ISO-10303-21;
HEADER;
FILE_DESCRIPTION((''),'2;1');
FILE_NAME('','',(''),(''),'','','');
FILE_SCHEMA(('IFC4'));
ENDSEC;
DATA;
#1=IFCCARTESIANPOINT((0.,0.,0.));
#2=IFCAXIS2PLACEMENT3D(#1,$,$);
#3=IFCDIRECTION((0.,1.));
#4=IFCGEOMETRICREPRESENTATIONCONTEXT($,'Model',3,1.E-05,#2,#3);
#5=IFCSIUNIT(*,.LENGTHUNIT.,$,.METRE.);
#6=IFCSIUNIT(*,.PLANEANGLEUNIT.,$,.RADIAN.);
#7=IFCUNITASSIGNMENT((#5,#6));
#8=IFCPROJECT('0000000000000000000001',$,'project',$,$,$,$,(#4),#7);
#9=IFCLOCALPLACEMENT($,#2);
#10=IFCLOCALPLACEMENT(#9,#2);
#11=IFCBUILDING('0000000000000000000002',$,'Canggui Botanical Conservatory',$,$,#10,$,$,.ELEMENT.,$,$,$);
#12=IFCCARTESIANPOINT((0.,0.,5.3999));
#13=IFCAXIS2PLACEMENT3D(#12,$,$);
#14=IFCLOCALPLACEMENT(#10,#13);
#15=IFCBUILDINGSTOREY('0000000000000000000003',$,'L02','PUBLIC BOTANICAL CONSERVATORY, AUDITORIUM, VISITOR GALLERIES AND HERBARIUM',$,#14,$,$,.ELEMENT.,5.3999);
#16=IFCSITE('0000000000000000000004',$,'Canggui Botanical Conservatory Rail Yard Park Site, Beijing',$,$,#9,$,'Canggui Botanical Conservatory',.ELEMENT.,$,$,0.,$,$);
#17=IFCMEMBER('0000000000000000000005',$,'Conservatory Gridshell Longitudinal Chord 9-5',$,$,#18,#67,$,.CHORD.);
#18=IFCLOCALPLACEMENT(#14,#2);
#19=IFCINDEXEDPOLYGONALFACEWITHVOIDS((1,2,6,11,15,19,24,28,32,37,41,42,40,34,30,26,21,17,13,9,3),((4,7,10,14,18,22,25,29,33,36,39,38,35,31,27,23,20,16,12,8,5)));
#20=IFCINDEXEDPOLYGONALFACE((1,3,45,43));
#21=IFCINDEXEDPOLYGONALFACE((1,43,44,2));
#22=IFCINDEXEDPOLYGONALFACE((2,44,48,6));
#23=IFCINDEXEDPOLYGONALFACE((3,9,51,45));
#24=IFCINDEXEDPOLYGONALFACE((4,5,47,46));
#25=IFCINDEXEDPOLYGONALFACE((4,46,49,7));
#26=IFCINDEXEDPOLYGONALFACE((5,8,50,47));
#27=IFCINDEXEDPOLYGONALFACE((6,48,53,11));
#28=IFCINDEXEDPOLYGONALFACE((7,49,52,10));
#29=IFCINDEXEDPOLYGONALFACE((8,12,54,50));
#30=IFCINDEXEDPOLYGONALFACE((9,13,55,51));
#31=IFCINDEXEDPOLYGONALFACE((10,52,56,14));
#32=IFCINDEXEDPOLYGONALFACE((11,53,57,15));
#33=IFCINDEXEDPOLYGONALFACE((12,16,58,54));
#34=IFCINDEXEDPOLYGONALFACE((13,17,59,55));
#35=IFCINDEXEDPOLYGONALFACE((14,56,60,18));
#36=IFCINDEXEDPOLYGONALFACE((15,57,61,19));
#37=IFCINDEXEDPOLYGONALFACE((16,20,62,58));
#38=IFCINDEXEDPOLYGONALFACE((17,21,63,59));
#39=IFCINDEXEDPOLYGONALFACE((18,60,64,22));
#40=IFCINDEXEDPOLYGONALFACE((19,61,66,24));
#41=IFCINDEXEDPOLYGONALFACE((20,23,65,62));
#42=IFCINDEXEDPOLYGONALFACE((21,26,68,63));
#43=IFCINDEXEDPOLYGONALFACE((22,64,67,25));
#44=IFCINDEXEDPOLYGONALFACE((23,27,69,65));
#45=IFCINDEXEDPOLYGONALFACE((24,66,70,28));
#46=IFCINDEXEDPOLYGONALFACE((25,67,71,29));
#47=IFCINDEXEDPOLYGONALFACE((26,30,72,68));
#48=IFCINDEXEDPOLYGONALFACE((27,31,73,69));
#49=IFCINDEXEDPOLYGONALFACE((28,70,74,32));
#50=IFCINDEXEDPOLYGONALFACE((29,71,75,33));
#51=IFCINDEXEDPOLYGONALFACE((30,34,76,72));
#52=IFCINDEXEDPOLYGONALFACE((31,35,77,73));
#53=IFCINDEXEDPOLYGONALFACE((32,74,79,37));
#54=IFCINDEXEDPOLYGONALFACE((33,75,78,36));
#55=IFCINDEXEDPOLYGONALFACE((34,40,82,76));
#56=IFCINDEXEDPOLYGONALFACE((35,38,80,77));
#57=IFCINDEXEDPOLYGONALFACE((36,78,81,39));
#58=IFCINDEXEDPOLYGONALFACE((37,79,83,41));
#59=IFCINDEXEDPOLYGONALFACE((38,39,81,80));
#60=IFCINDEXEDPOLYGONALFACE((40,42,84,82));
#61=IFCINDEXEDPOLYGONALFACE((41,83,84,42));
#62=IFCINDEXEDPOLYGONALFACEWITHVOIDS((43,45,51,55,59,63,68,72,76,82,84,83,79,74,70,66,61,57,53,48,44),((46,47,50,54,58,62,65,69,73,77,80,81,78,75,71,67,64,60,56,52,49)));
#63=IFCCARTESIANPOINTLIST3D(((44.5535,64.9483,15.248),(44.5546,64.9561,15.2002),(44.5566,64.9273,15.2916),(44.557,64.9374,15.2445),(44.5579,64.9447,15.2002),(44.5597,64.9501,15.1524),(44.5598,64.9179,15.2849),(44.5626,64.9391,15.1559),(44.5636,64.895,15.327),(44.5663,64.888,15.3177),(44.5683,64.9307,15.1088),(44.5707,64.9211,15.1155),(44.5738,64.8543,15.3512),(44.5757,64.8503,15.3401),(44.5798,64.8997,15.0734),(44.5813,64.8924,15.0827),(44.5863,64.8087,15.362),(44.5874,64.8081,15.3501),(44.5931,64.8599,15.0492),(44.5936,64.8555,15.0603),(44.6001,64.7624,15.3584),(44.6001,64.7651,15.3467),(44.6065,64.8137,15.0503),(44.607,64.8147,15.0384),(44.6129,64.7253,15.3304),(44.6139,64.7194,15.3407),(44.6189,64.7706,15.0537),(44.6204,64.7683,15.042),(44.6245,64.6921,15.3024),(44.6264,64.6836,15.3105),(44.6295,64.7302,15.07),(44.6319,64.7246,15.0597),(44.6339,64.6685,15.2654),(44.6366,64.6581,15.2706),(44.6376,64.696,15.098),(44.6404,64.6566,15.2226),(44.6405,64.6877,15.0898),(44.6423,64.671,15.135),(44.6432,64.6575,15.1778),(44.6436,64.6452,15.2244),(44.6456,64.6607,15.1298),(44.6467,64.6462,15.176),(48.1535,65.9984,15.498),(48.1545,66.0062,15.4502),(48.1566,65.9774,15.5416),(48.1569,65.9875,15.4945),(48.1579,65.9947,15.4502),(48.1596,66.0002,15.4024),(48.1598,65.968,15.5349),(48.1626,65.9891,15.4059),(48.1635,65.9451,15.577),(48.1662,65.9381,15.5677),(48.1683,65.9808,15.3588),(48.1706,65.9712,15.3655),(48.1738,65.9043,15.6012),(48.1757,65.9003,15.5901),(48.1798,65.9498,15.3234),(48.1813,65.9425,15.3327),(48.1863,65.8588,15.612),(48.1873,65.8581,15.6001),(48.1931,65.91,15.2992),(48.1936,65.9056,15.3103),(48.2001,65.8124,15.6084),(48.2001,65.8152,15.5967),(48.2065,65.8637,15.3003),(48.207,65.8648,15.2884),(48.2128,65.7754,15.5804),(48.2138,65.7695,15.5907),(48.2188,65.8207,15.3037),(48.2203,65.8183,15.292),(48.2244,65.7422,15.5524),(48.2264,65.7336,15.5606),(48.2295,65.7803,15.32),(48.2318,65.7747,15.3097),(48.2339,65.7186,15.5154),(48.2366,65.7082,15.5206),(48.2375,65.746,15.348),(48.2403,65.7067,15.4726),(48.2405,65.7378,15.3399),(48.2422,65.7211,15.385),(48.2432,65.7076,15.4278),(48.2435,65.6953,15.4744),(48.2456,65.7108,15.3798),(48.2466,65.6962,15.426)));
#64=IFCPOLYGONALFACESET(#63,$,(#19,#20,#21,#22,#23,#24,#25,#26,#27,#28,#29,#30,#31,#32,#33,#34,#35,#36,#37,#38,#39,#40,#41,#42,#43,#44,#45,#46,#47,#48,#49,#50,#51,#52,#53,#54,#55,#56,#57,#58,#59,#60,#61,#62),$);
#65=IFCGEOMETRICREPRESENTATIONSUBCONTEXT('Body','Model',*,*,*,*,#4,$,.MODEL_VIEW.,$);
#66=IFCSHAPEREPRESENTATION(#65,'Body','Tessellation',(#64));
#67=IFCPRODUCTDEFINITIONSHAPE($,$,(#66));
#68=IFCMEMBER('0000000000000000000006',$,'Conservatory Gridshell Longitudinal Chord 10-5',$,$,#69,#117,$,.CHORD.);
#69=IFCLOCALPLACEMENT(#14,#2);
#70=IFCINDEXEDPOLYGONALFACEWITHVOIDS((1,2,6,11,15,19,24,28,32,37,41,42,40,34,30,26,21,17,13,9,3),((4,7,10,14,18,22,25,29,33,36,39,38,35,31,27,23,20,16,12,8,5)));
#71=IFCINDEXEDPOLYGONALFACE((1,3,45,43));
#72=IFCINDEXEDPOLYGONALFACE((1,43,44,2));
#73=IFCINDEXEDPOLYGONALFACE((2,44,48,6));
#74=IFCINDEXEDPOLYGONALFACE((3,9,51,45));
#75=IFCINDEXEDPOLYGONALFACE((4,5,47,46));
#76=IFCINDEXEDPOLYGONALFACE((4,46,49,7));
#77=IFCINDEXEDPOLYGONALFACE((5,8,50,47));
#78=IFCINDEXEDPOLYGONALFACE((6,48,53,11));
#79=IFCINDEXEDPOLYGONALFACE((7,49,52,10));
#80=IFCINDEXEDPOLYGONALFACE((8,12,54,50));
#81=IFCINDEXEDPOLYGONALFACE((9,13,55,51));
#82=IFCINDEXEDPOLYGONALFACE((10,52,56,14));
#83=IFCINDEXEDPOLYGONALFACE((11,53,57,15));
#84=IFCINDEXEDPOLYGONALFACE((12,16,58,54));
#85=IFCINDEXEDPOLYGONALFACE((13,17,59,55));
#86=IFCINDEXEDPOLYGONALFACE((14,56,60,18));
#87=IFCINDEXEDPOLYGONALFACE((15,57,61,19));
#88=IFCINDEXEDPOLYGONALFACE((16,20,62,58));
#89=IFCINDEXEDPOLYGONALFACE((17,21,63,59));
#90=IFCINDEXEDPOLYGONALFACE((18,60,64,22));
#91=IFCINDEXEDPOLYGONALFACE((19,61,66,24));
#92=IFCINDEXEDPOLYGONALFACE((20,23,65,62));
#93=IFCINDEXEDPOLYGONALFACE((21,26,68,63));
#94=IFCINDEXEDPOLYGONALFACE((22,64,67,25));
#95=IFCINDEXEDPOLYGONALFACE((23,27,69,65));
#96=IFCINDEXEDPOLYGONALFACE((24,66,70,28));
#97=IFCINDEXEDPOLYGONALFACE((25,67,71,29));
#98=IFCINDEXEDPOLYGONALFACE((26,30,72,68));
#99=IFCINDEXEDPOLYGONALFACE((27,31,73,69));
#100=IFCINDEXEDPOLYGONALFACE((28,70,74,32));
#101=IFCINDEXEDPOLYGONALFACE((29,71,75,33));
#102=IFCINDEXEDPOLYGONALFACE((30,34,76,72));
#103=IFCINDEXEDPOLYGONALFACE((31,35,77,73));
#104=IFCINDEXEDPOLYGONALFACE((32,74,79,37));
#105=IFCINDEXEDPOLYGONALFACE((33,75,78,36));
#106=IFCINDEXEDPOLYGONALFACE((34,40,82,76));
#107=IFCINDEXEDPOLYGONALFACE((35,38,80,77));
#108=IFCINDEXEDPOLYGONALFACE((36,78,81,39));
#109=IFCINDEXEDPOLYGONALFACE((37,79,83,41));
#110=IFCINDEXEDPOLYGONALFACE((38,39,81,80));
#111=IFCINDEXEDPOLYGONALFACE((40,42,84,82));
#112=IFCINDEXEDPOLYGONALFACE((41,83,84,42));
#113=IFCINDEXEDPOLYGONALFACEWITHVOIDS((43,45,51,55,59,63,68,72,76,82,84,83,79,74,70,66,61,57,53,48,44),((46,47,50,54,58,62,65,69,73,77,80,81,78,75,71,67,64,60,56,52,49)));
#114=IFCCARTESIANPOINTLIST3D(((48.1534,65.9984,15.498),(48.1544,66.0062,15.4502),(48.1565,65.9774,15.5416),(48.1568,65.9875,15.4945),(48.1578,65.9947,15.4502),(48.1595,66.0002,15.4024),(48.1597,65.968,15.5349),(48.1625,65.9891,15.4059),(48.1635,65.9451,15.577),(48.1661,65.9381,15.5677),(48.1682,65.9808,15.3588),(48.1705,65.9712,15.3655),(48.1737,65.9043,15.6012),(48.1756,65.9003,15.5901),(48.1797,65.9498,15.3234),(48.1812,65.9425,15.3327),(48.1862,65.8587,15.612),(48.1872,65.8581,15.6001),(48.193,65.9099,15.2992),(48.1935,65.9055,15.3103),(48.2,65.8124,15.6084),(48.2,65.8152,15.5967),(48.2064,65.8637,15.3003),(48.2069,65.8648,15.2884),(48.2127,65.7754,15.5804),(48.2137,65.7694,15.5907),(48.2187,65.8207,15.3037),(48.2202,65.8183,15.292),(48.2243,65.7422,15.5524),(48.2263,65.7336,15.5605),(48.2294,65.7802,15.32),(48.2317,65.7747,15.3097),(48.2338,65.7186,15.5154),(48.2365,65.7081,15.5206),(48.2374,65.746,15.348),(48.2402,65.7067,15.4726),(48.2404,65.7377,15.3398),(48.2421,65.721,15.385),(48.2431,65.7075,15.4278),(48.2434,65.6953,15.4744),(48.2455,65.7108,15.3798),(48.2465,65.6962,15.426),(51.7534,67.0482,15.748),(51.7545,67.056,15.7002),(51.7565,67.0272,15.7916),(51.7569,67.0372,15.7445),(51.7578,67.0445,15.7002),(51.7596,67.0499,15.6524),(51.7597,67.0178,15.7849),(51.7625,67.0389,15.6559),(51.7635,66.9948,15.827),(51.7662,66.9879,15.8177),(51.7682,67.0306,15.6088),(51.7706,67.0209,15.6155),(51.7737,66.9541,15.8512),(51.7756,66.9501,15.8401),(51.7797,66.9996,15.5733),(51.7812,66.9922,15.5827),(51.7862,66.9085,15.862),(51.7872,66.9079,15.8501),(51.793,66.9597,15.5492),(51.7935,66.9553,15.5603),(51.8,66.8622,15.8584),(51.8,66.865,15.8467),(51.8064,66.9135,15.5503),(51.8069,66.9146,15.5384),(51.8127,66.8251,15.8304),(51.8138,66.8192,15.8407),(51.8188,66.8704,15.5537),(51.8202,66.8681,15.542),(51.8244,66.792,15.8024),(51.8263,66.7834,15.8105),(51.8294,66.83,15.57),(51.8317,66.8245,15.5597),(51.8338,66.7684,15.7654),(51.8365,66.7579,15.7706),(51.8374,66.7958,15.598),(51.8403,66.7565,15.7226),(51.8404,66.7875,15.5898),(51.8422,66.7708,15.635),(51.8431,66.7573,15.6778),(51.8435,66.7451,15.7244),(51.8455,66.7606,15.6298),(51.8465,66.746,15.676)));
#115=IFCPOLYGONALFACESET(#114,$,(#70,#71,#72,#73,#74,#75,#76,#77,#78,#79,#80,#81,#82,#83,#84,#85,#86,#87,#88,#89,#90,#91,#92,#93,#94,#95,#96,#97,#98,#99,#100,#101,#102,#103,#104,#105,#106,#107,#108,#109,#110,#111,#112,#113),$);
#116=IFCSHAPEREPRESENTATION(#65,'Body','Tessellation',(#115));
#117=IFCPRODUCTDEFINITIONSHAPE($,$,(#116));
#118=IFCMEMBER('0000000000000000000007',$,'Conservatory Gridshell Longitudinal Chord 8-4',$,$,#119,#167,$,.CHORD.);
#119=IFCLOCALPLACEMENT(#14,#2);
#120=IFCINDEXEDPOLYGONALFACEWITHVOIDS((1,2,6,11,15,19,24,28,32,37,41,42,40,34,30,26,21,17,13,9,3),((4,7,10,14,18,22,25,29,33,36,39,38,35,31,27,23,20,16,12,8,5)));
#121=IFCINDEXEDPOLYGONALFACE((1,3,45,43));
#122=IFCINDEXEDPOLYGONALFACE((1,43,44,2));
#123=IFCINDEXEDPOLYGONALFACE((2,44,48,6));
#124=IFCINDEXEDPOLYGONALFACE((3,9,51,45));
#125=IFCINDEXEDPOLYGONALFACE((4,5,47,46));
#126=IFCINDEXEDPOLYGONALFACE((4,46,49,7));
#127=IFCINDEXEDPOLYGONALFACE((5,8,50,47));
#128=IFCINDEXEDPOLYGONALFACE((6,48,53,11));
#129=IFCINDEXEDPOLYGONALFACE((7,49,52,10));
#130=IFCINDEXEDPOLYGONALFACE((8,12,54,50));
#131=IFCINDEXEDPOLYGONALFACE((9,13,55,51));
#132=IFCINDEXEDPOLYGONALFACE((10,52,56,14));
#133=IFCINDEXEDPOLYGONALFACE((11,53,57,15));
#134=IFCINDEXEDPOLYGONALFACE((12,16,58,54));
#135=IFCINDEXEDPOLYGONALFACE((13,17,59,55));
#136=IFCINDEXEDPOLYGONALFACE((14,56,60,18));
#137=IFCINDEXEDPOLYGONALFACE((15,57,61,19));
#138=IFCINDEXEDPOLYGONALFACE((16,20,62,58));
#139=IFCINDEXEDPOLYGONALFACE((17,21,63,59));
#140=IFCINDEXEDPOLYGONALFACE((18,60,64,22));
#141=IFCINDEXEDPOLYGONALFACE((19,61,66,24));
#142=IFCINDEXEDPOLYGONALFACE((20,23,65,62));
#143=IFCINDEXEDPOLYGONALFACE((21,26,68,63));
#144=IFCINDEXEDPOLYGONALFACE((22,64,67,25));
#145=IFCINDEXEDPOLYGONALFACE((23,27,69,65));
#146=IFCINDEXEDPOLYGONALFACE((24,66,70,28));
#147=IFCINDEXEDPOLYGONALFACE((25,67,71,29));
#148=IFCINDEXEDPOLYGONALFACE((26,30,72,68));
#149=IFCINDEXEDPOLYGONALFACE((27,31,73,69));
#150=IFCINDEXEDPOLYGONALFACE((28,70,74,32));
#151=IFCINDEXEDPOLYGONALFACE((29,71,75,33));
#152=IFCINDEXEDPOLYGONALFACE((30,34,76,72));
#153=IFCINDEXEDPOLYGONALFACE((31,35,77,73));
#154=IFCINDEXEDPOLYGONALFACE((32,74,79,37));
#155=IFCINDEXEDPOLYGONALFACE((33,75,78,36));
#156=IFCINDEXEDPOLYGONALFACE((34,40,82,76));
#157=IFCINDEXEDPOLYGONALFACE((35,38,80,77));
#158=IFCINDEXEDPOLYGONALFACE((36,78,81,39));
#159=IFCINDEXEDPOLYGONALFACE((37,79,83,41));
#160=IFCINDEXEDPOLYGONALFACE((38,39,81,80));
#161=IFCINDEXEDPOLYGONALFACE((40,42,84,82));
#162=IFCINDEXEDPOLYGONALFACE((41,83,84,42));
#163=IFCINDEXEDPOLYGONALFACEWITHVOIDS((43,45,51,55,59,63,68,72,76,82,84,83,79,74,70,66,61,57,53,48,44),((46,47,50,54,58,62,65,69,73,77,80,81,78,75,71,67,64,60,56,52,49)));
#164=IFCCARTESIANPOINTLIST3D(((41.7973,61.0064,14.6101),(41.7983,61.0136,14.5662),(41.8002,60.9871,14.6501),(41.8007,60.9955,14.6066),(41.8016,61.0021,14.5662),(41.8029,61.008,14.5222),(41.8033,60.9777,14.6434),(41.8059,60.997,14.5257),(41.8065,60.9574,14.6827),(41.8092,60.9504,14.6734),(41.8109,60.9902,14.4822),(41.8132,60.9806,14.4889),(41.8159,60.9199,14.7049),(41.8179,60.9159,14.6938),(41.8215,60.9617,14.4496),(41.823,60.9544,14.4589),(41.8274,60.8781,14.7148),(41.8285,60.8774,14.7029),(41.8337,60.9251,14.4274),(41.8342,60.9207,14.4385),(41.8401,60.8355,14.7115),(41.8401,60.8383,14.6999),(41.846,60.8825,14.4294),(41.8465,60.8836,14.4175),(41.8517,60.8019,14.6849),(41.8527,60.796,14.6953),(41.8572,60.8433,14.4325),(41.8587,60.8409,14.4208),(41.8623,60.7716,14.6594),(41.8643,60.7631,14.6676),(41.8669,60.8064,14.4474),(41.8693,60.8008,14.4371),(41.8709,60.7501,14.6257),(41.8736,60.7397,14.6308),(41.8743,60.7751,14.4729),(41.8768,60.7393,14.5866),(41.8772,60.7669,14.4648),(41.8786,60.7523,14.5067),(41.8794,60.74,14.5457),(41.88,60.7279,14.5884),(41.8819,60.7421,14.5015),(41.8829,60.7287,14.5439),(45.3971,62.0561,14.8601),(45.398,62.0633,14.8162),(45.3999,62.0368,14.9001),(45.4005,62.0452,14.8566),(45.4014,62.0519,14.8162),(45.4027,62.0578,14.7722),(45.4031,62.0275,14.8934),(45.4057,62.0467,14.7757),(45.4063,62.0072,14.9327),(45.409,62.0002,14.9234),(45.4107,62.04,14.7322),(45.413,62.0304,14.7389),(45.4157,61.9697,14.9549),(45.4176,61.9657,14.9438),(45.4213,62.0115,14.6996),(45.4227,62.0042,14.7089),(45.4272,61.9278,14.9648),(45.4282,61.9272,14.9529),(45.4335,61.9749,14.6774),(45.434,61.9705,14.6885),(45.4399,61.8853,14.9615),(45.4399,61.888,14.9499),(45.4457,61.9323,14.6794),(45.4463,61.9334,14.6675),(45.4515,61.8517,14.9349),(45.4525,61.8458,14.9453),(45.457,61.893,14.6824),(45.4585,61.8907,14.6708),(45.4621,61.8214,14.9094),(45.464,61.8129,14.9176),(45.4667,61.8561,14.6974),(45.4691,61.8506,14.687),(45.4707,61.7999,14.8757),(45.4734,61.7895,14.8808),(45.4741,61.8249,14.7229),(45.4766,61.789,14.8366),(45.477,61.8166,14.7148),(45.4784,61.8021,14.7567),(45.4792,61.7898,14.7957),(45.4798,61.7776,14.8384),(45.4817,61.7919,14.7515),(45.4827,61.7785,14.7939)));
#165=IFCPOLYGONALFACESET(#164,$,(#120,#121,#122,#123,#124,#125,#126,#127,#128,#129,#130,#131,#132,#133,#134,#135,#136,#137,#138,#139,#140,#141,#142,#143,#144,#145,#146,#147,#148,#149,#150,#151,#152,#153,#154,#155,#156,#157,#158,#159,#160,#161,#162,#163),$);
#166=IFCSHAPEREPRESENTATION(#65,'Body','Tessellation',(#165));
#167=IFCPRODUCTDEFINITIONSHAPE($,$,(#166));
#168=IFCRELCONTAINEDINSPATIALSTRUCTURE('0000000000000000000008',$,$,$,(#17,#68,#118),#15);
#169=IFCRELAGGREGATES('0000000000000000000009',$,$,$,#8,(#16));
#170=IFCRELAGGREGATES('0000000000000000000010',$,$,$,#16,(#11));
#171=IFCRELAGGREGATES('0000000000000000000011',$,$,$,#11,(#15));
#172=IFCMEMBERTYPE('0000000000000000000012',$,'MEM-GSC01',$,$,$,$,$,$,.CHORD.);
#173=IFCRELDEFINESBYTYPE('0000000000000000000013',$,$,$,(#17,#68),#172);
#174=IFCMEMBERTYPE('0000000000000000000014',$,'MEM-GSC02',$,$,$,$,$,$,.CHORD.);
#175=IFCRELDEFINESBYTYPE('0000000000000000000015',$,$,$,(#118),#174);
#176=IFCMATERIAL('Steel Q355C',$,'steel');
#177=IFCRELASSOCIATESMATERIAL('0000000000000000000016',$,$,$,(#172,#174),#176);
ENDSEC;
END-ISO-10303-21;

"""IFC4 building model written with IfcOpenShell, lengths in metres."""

from ifc_helpers import new_model, si_unit, direction, frame, origin, origin_2d, place, context, subcontext, project, spatial, hollow_circle, extrude, material, material_profile, profile_set, type_object, element, save


model = new_model("IFC4")

# Units and contexts
model_context = context("Model", 3, precision=1e-05, world=origin(), true_north=direction((0.0, 1.0)))
body_context = subcontext(model_context, "Body", "Model", "MODEL_VIEW")
ifc_project = project(units=[si_unit("LENGTHUNIT", "METRE"), si_unit("PLANEANGLEUNIT", "RADIAN")], contexts=[model_context])

# Site, building, storey
site_placement = place(None, origin())
site = spatial("IfcSite", under=ifc_project, at=site_placement, Name="Canggui Botanical Conservatory Rail Yard Park Site, Beijing", LongName="Canggui Botanical Conservatory", CompositionType="ELEMENT", RefElevation=0.0)
building_placement = place(site_placement, origin())
building = spatial("IfcBuilding", under=site, at=building_placement, Name="Canggui Botanical Conservatory", CompositionType="ELEMENT")
storey_placement = place(building_placement, frame((0.0, 0.0, 5.3999)))
storey = spatial("IfcBuildingStorey", under=building, at=storey_placement, Name="L02", Description="PUBLIC BOTANICAL CONSERVATORY, AUDITORIUM, VISITOR GALLERIES AND HERBARIUM", CompositionType="ELEMENT", Elevation=5.3999)

# Shared definitions
ifc_material_1 = material(Name="Steel Q355C", Category="steel")

# Members
ifc_material_profile_1 = material_profile(ifc_material_1, hollow_circle(Radius=0.1626, WallThickness=0.012, at=origin_2d()), Name="CHS 325x12")
ifc_profile_set_1 = profile_set([ifc_material_profile_1], Name="Steel Q355C")
member_type_1 = type_object("IfcMemberType", Name="MEM-GSC01", PredefinedType="CHORD", material=ifc_profile_set_1)
for number, where, z_axis, x_axis, name in (
    (1, (44.6001, 64.8, 15.2002), (0.957867, 0.279402, 0.066521), (-0.280023, 0.959993, 0.0), "Conservatory Gridshell Longitudinal Chord 9-5"),
    (2, (48.2, 65.8501, 15.4502), (0.95789, 0.279325, 0.066518), (-0.279945, 0.960016, 0.0), "Conservatory Gridshell Longitudinal Chord 10-5"),
):
    element("IfcMember", number, at=place(storey_placement, frame(where, z_axis=z_axis, x_axis=x_axis)), inside=storey, type_object=member_type_1, Name=name, PredefinedType="CHORD", context=body_context, shape_type="SweptSolid", body=[
        extrude(hollow_circle(Radius=0.1626, WallThickness=0.012, at=origin_2d()), origin(), (0.0, 0.0, 1.0), 3.7583),
    ])
ifc_material_profile_2 = material_profile(ifc_material_1, hollow_circle(Radius=0.1494, WallThickness=0.012, at=origin_2d()), Name="CHS 299x12")
ifc_profile_set_2 = profile_set([ifc_material_profile_2], Name="Steel Q355C")
member_type_2 = type_object("IfcMemberType", Name="MEM-GSC02", PredefinedType="CHORD", material=ifc_profile_set_2)
member_1_placement = place(storey_placement, frame((41.8401, 60.8701, 14.5662), z_axis=(0.957884, 0.279342, 0.066522), x_axis=(-0.279962, 0.960011, 0.0)))
element("IfcMember", 3, at=member_1_placement, inside=storey, type_object=member_type_2, Name="Conservatory Gridshell Longitudinal Chord 8-4", PredefinedType="CHORD", context=body_context, shape_type="SweptSolid", body=[
    extrude(hollow_circle(Radius=0.1494, WallThickness=0.012, at=origin_2d()), origin(), (0.0, 0.0, 1.0), 3.7581),
])

save(model, "model.ifc")
